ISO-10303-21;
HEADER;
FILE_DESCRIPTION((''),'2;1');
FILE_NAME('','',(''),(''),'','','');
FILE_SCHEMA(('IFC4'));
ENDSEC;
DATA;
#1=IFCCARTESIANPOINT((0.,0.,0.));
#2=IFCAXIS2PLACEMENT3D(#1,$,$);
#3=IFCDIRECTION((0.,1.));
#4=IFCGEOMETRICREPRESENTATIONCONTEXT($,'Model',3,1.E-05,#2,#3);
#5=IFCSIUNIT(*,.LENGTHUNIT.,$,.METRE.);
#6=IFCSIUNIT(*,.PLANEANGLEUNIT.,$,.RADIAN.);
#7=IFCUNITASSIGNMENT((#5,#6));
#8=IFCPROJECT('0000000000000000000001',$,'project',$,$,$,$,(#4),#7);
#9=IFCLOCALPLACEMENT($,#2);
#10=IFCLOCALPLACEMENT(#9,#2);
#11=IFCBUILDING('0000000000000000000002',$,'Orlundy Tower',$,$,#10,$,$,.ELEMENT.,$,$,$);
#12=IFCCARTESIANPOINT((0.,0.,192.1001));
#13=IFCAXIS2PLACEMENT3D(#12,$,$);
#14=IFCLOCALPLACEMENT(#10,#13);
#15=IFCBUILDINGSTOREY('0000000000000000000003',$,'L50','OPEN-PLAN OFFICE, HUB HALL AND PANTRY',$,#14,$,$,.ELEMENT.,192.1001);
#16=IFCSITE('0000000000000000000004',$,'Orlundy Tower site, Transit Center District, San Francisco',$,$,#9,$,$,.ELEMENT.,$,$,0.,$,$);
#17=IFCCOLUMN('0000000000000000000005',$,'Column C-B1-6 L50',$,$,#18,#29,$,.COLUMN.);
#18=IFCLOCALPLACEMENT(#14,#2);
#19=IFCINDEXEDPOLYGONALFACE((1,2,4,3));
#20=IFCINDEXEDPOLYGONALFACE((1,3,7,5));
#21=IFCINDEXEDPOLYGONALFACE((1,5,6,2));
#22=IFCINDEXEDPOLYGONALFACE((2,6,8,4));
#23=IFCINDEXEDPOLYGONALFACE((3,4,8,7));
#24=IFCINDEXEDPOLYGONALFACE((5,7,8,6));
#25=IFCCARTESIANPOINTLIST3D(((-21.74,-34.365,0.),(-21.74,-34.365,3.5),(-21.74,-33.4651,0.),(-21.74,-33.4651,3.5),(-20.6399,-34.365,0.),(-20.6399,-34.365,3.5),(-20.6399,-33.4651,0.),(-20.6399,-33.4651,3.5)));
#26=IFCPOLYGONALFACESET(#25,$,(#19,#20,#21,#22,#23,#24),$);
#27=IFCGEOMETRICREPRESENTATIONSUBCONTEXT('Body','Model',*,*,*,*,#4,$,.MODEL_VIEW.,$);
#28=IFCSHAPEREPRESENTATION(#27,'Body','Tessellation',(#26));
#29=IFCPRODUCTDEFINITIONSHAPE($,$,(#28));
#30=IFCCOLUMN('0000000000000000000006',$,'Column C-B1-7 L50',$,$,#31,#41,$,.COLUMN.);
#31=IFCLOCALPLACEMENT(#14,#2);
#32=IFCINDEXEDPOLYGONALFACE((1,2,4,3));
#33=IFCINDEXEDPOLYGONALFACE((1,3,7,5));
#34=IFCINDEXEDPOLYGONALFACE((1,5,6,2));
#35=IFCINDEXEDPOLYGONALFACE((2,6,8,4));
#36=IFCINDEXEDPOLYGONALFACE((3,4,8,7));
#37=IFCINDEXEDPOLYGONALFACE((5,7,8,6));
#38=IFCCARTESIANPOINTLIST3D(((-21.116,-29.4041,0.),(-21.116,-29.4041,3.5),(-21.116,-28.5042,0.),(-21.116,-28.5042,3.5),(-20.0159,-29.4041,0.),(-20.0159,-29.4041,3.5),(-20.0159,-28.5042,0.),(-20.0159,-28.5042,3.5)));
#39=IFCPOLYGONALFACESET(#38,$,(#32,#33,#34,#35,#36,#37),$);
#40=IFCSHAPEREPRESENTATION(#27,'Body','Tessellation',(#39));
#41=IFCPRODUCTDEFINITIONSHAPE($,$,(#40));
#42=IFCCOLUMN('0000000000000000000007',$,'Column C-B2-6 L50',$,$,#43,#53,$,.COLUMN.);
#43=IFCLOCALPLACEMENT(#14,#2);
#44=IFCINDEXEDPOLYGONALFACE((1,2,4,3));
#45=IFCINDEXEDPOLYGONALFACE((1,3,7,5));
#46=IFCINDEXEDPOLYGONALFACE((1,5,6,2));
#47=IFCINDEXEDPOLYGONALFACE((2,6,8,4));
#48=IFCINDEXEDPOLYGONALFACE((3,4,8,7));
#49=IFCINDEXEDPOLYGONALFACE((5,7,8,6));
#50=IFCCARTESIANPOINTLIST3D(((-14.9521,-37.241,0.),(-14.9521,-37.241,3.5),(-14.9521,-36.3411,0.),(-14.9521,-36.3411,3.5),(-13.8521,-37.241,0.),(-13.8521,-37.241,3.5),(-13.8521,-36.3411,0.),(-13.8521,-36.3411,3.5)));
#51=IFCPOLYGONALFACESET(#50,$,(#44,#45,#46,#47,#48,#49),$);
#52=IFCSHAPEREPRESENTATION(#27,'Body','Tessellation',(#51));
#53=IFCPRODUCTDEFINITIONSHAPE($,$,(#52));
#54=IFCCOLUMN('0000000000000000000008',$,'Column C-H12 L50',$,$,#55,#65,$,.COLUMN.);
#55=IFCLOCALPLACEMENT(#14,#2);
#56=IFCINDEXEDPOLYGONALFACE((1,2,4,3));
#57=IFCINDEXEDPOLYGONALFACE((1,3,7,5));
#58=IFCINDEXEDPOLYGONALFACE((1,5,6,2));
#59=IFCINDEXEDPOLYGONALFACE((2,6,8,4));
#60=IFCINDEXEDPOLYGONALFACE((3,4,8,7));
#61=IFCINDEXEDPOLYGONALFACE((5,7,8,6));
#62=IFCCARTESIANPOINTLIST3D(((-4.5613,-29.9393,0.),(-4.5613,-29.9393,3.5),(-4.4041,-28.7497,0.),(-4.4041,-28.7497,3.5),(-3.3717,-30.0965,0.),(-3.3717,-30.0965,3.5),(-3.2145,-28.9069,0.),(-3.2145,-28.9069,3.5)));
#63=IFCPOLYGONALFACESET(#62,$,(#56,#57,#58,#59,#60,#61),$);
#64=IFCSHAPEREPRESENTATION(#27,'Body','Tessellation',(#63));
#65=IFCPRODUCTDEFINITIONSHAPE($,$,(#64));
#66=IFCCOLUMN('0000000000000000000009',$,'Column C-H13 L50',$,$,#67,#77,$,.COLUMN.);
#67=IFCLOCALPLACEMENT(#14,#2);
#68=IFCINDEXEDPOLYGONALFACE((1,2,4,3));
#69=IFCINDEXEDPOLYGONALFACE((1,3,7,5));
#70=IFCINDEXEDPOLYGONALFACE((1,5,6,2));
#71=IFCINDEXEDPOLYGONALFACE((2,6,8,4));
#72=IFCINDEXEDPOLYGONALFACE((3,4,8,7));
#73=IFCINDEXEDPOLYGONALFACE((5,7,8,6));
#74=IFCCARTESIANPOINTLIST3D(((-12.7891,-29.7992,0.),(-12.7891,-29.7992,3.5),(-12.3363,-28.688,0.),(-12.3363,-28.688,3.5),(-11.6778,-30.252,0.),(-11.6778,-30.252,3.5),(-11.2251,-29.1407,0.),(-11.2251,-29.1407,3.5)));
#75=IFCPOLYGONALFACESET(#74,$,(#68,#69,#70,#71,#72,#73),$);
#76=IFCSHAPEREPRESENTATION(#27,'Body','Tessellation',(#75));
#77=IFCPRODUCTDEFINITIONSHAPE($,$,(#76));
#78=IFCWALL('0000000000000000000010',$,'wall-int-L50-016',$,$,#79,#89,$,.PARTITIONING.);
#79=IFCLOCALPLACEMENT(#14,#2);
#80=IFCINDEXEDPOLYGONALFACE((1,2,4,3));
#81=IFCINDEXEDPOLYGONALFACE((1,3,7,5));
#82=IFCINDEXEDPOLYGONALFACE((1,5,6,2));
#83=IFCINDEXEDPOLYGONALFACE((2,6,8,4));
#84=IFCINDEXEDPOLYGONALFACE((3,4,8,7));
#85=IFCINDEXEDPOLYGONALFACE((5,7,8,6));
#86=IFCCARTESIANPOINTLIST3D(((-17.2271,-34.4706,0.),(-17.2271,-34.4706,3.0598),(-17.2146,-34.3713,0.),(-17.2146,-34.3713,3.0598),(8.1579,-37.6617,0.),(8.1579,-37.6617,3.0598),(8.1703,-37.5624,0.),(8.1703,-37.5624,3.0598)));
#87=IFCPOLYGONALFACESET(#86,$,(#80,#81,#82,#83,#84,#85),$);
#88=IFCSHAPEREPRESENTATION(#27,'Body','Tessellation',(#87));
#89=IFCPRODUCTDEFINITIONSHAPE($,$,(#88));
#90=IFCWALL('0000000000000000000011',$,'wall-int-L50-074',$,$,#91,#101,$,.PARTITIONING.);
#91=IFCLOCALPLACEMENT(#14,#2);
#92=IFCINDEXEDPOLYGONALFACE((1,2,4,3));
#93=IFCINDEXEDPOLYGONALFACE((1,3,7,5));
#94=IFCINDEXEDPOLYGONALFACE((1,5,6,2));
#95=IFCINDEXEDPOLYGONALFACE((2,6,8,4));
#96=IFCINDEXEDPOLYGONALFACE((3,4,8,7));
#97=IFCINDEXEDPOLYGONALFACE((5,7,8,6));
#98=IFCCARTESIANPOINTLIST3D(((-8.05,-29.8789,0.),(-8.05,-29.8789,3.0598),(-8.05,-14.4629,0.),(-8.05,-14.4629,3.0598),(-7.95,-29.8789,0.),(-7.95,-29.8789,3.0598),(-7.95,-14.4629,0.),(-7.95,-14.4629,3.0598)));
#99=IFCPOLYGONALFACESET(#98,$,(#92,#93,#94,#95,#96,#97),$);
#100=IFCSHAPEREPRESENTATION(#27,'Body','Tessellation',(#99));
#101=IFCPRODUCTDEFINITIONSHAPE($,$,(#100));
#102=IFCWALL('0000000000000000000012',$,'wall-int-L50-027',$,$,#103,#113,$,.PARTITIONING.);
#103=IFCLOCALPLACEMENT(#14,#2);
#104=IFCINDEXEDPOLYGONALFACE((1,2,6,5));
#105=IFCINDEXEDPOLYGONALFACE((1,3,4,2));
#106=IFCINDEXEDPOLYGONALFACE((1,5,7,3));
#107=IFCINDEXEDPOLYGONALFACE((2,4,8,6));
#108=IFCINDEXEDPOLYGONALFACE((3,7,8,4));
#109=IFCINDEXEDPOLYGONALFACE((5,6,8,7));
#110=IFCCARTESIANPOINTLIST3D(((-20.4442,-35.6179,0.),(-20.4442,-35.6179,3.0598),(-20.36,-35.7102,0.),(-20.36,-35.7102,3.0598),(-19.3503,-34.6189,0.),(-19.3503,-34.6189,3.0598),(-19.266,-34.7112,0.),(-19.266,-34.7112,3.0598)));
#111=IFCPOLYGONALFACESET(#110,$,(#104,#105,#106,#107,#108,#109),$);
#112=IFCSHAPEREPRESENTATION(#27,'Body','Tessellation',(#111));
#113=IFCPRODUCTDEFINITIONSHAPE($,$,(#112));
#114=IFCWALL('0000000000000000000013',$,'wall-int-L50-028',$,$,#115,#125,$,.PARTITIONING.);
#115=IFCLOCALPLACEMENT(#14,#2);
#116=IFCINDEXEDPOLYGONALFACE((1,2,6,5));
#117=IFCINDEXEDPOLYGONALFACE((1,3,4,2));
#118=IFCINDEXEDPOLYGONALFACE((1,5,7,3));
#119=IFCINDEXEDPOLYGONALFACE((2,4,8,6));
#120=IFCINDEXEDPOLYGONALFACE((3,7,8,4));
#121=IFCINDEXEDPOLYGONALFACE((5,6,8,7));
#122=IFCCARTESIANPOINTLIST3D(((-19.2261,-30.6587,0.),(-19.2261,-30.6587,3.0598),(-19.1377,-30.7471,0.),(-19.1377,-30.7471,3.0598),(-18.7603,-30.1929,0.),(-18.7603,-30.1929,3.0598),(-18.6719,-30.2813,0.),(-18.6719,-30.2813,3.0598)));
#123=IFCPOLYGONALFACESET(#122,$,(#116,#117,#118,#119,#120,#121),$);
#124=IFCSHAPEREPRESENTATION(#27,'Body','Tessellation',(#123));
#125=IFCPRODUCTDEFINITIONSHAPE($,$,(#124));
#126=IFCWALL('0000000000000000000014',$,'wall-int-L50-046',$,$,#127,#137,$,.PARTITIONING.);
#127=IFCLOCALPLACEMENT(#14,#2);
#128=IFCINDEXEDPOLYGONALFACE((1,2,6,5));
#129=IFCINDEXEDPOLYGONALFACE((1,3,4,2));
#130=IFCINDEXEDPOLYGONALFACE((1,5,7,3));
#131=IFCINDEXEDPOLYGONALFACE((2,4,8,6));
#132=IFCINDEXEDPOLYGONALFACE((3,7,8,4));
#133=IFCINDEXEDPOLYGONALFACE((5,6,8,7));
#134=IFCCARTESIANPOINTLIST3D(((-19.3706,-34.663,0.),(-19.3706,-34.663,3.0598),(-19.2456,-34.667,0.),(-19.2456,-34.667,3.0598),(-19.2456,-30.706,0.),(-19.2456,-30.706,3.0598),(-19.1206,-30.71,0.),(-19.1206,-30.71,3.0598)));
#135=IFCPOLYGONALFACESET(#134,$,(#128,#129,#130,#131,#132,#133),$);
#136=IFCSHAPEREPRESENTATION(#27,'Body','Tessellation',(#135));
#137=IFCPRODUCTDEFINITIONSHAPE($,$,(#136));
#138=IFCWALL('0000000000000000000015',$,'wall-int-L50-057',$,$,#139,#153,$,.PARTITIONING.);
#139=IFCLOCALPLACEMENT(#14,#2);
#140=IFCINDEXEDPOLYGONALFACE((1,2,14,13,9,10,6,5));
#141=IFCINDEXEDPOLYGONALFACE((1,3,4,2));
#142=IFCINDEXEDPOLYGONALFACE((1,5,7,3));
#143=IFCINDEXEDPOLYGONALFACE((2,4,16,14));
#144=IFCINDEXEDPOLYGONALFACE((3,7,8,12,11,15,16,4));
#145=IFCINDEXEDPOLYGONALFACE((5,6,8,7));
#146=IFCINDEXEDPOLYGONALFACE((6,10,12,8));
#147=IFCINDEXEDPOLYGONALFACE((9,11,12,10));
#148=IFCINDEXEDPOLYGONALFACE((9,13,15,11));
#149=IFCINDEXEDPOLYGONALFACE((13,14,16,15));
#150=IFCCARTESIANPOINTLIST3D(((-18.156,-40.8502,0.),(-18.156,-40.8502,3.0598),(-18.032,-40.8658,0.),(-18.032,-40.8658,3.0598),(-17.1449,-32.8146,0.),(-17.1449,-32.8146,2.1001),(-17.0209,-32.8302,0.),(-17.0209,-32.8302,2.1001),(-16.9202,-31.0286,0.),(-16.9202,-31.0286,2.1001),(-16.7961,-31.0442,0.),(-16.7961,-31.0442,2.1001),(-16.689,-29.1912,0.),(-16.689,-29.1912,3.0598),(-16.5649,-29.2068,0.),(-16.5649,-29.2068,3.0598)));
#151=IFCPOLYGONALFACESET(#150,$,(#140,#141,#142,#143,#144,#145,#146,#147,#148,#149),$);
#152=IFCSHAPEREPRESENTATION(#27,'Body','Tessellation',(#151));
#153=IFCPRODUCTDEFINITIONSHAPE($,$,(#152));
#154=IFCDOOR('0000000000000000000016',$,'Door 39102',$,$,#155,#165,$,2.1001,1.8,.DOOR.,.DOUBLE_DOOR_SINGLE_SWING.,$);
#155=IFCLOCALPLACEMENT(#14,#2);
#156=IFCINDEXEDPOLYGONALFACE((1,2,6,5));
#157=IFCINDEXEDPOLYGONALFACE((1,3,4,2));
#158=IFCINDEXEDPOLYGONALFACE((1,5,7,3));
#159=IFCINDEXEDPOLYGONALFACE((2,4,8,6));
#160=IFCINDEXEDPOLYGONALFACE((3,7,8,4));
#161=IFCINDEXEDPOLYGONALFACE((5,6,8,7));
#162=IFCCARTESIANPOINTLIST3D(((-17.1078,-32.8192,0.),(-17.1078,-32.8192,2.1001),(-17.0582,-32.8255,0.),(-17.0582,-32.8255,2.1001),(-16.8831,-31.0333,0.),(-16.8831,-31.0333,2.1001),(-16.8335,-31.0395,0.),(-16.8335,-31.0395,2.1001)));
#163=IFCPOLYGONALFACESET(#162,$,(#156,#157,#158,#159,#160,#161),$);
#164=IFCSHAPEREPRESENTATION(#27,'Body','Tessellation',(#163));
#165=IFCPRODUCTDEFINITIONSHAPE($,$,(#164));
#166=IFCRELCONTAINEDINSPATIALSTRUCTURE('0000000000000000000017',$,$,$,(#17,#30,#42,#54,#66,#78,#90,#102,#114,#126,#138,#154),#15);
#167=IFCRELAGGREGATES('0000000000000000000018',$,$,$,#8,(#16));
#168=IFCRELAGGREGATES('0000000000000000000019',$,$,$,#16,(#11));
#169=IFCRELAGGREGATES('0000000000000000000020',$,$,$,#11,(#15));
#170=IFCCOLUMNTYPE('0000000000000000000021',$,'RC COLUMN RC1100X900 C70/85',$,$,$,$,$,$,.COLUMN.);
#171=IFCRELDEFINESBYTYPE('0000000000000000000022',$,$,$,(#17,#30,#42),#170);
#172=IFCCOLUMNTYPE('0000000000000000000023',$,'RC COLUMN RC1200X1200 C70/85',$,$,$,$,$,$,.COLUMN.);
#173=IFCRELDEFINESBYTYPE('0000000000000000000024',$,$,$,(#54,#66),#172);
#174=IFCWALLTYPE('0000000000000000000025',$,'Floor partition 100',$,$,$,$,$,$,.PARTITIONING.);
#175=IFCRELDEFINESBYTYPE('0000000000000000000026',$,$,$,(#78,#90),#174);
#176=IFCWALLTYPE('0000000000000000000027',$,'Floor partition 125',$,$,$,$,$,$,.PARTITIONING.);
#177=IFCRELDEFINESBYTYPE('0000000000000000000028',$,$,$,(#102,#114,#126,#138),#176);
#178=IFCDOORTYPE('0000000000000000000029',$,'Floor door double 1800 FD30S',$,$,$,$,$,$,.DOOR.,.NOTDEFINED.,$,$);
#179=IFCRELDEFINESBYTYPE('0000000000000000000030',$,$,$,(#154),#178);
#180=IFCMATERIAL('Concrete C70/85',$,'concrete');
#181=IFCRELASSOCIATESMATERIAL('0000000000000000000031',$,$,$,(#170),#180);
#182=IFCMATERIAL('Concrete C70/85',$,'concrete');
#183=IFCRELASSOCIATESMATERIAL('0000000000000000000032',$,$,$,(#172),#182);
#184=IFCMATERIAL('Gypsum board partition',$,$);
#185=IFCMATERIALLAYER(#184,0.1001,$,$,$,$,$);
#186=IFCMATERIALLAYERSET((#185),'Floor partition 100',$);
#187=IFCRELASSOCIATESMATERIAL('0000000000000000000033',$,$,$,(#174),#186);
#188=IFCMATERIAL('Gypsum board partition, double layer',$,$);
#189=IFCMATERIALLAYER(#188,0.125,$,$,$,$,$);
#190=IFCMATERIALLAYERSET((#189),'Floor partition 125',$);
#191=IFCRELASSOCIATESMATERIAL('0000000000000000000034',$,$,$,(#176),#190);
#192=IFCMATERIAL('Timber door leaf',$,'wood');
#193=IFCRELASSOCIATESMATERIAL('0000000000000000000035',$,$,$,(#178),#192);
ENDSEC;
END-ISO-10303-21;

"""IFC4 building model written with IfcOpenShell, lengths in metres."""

from ifc_helpers import new_model, si_unit, direction, frame, frame_2d, origin, origin_2d, place, context, subcontext, project, spatial, rectangle, extrude, material, layer, layer_set, material_profile, profile_set, type_object, element, fill, save


model = new_model("IFC4")

# Units and contexts
model_context = context("Model", 3, precision=1e-05, world=origin(), true_north=direction((0.0, 1.0)))
body_context = subcontext(model_context, "Body", "Model", "MODEL_VIEW")
ifc_project = project(units=[si_unit("LENGTHUNIT", "METRE"), si_unit("PLANEANGLEUNIT", "RADIAN")], contexts=[model_context])

# Site, building, storey
site_placement = place(None, origin())
site = spatial("IfcSite", under=ifc_project, at=site_placement, Name="Orlundy Tower site, Transit Center District, San Francisco", CompositionType="ELEMENT", RefElevation=0.0)
building_placement = place(site_placement, origin())
building = spatial("IfcBuilding", under=site, at=building_placement, Name="Orlundy Tower", CompositionType="ELEMENT")
storey_placement = place(building_placement, frame((0.0, 0.0, 192.1001)))
storey = spatial("IfcBuildingStorey", under=building, at=storey_placement, Name="L50", Description="OPEN-PLAN OFFICE, HUB HALL AND PANTRY", CompositionType="ELEMENT", Elevation=192.1001)

# Columns
ifc_material_1 = material(Name="Concrete C70/85", Category="concrete")
ifc_material_profile_1 = material_profile(ifc_material_1, rectangle(XDim=1.1001, YDim=0.8999, at=origin_2d()), Name="RC1100X900")
ifc_profile_set_1 = profile_set([ifc_material_profile_1], Name="Concrete C70/85")
column_type_1 = type_object("IfcColumnType", Name="RC COLUMN RC1100X900 C70/85", PredefinedType="COLUMN", material=ifc_profile_set_1)
for number, where, z_axis, x_axis, name in (
    (1, (-21.1899, -33.915, 0.0), (0.0, 0.0, 1.0), (1.0, 0.0, 0.0), "Column C-B1-6 L50"),
    (2, (-20.5659, -28.9541, 0.0), (0.0, 0.0, 1.0), (1.0, 0.0, 0.0), "Column C-B1-7 L50"),
    (3, (-14.4021, -36.791, 0.0), (0.0, 0.0, 1.0), (1.0, 0.0, 0.0), "Column C-B2-6 L50"),
):
    element("IfcColumn", number, at=place(storey_placement, frame(where, z_axis=z_axis, x_axis=x_axis)), inside=storey, type_object=column_type_1, Name=name, PredefinedType="COLUMN", context=body_context, shape_type="SweptSolid", body=[
        extrude(rectangle(XDim=1.1001, YDim=0.8999, at=origin_2d()), origin(), (0.0, 0.0, 1.0), 3.5),
    ])
ifc_material_2 = material(Name="Concrete C70/85", Category="concrete")
ifc_material_profile_2 = material_profile(ifc_material_2, rectangle(XDim=1.2, YDim=1.2, at=origin_2d()), Name="RC1200X1200")
ifc_profile_set_2 = profile_set([ifc_material_profile_2], Name="Concrete C70/85")
column_type_2 = type_object("IfcColumnType", Name="RC COLUMN RC1200X1200 C70/85", PredefinedType="COLUMN", material=ifc_profile_set_2)
for number, where, z_axis, x_axis, name in (
    (4, (-3.8879, -29.4231, 0.0), (0.0, 0.0, 1.0), (-0.131011, -0.991381, 0.0), "Column C-H12 L50"),
    (5, (-12.0071, -29.47, 0.0), (0.0, 0.0, 1.0), (-0.377324, -0.926081, 0.0), "Column C-H13 L50"),
):
    element("IfcColumn", number, at=place(storey_placement, frame(where, z_axis=z_axis, x_axis=x_axis)), inside=storey, type_object=column_type_2, Name=name, PredefinedType="COLUMN", context=body_context, shape_type="SweptSolid", body=[
        extrude(rectangle(XDim=1.2, YDim=1.2, at=origin_2d()), origin(), (0.0, 0.0, 1.0), 3.5),
    ])

# Walls
ifc_material_3 = material(Name="Gypsum board partition")
ifc_layer_1 = layer(ifc_material_3, 0.1001)
ifc_layer_set_1 = layer_set([ifc_layer_1], Name="Floor partition 100")
wall_type_1 = type_object("IfcWallType", Name="Floor partition 100", PredefinedType="PARTITIONING", material=ifc_layer_set_1)
wall_1_placement = place(storey_placement, frame((-17.2209, -34.4209, 0.0), z_axis=(0.0, 0.0, 1.0), x_axis=(0.992191, -0.124729, 0.0)))
element("IfcWall", 6, at=wall_1_placement, inside=storey, type_object=wall_type_1, Name="wall-int-L50-016", PredefinedType="PARTITIONING", context=body_context, shape_type="SweptSolid", body=[
    extrude(rectangle(XDim=25.5847, YDim=0.1001, at=frame_2d((12.7925, 0.0))), origin(), (0.0, 0.0, 1.0), 3.0598),
])
wall_2_placement = place(storey_placement, frame((-8.0, -29.8789, 0.0), z_axis=(0.0, 0.0, 1.0), x_axis=(0.0, 1.0, 0.0)))
element("IfcWall", 7, at=wall_2_placement, inside=storey, type_object=wall_type_1, Name="wall-int-L50-074", PredefinedType="PARTITIONING", context=body_context, shape_type="SweptSolid", body=[
    extrude(rectangle(XDim=15.416, YDim=0.1001, at=frame_2d((7.708, 0.0))), origin(), (0.0, 0.0, 1.0), 3.0598),
])
ifc_material_4 = material(Name="Gypsum board partition, double layer")
ifc_layer_2 = layer(ifc_material_4, 0.125)
ifc_layer_set_2 = layer_set([ifc_layer_2], Name="Floor partition 125")
wall_type_2 = type_object("IfcWallType", Name="Floor partition 125", PredefinedType="PARTITIONING", material=ifc_layer_set_2)
wall_3_placement = place(storey_placement, frame((-20.4021, -35.6641, 0.0), z_axis=(0.0, 0.0, 1.0), x_axis=(0.738432, 0.674328, 0.0)))
element("IfcWall", 8, at=wall_3_placement, inside=storey, type_object=wall_type_2, Name="wall-int-L50-027", PredefinedType="PARTITIONING", context=body_context, shape_type="SweptSolid", body=[
    extrude(rectangle(XDim=1.4814, YDim=0.125, at=frame_2d((0.7407, 0.0))), origin(), (0.0, 0.0, 1.0), 3.0598),
])
wall_4_placement = place(storey_placement, frame((-19.1819, -30.7029, 0.0), z_axis=(0.0, 0.0, 1.0), x_axis=(0.707107, 0.707107, 0.0)))
element("IfcWall", 9, at=wall_4_placement, inside=storey, type_object=wall_type_2, Name="wall-int-L50-028", PredefinedType="PARTITIONING", context=body_context, shape_type="SweptSolid", body=[
    extrude(rectangle(XDim=0.6587, YDim=0.125, at=frame_2d((0.3293, 0.0))), origin(), (0.0, 0.0, 1.0), 3.0598),
])
wall_5_placement = place(storey_placement, frame((-19.1831, -30.708, 0.0), z_axis=(0.0, 0.0, 1.0), x_axis=(-0.031574, -0.999501, 0.0)))
element("IfcWall", 10, at=wall_5_placement, inside=storey, type_object=wall_type_2, Name="wall-int-L50-046", PredefinedType="PARTITIONING", context=body_context, shape_type="SweptSolid", body=[
    extrude(rectangle(XDim=3.959, YDim=0.125, at=frame_2d((1.9795, 0.0))), origin(), (0.0, 0.0, 1.0), 3.0598),
])

# Wall, opening, door
wall_6_placement = place(storey_placement, frame((-16.627, -29.199, 0.0), z_axis=(0.0, 0.0, 1.0), x_axis=(-0.124845, -0.992176, 0.0)))
wall_6 = element("IfcWall", 11, at=wall_6_placement, inside=storey, type_object=wall_type_2, Name="wall-int-L50-057", PredefinedType="PARTITIONING", context=body_context, shape_type="SweptSolid", body=[
    extrude(rectangle(XDim=11.751, YDim=0.125, at=frame_2d((5.8755, 0.0))), origin(), (0.0, 0.0, 1.0), 3.0598),
])
opening_1_placement = place(wall_6_placement, frame((1.8521, 0.0, 0.0)))
opening_1 = element("IfcOpeningElement", 12, at=opening_1_placement, cuts=wall_6, PredefinedType="OPENING", context=body_context, shape_type="SweptSolid", body=[
    extrude(rectangle(XDim=1.8, YDim=2.1001, at=frame_2d((0.8999, 1.05))), frame((0.0, 0.0725, 0.0), z_axis=(0.0, -1.0, 0.0), x_axis=(1.0, 0.0, 0.0)), (0.0, 0.0, 1.0), 0.145),
])
ifc_material_5 = material(Name="Timber door leaf", Category="wood")
door_type_1 = type_object("IfcDoorType", Name="Floor door double 1800 FD30S", OperationType="NOTDEFINED", PredefinedType="DOOR", material=ifc_material_5)
door_1_placement = place(opening_1_placement, origin())
door_1 = element("IfcDoor", 13, at=door_1_placement, inside=storey, type_object=door_type_1, Name="Door 39102", OperationType="DOUBLE_DOOR_SINGLE_SWING", OverallHeight=2.1001, OverallWidth=1.8, PredefinedType="DOOR", context=body_context, shape_type="SweptSolid", body=[
    extrude(rectangle(XDim=1.8, YDim=2.1001, at=frame_2d((0.8999, 1.05))), frame((0.0, 0.0249, 0.0), z_axis=(0.0, -1.0, 0.0), x_axis=(1.0, 0.0, 0.0)), (0.0, 0.0, 1.0), 0.05),
])
fill(opening_1, door_1)

save(model, "model.ifc")
